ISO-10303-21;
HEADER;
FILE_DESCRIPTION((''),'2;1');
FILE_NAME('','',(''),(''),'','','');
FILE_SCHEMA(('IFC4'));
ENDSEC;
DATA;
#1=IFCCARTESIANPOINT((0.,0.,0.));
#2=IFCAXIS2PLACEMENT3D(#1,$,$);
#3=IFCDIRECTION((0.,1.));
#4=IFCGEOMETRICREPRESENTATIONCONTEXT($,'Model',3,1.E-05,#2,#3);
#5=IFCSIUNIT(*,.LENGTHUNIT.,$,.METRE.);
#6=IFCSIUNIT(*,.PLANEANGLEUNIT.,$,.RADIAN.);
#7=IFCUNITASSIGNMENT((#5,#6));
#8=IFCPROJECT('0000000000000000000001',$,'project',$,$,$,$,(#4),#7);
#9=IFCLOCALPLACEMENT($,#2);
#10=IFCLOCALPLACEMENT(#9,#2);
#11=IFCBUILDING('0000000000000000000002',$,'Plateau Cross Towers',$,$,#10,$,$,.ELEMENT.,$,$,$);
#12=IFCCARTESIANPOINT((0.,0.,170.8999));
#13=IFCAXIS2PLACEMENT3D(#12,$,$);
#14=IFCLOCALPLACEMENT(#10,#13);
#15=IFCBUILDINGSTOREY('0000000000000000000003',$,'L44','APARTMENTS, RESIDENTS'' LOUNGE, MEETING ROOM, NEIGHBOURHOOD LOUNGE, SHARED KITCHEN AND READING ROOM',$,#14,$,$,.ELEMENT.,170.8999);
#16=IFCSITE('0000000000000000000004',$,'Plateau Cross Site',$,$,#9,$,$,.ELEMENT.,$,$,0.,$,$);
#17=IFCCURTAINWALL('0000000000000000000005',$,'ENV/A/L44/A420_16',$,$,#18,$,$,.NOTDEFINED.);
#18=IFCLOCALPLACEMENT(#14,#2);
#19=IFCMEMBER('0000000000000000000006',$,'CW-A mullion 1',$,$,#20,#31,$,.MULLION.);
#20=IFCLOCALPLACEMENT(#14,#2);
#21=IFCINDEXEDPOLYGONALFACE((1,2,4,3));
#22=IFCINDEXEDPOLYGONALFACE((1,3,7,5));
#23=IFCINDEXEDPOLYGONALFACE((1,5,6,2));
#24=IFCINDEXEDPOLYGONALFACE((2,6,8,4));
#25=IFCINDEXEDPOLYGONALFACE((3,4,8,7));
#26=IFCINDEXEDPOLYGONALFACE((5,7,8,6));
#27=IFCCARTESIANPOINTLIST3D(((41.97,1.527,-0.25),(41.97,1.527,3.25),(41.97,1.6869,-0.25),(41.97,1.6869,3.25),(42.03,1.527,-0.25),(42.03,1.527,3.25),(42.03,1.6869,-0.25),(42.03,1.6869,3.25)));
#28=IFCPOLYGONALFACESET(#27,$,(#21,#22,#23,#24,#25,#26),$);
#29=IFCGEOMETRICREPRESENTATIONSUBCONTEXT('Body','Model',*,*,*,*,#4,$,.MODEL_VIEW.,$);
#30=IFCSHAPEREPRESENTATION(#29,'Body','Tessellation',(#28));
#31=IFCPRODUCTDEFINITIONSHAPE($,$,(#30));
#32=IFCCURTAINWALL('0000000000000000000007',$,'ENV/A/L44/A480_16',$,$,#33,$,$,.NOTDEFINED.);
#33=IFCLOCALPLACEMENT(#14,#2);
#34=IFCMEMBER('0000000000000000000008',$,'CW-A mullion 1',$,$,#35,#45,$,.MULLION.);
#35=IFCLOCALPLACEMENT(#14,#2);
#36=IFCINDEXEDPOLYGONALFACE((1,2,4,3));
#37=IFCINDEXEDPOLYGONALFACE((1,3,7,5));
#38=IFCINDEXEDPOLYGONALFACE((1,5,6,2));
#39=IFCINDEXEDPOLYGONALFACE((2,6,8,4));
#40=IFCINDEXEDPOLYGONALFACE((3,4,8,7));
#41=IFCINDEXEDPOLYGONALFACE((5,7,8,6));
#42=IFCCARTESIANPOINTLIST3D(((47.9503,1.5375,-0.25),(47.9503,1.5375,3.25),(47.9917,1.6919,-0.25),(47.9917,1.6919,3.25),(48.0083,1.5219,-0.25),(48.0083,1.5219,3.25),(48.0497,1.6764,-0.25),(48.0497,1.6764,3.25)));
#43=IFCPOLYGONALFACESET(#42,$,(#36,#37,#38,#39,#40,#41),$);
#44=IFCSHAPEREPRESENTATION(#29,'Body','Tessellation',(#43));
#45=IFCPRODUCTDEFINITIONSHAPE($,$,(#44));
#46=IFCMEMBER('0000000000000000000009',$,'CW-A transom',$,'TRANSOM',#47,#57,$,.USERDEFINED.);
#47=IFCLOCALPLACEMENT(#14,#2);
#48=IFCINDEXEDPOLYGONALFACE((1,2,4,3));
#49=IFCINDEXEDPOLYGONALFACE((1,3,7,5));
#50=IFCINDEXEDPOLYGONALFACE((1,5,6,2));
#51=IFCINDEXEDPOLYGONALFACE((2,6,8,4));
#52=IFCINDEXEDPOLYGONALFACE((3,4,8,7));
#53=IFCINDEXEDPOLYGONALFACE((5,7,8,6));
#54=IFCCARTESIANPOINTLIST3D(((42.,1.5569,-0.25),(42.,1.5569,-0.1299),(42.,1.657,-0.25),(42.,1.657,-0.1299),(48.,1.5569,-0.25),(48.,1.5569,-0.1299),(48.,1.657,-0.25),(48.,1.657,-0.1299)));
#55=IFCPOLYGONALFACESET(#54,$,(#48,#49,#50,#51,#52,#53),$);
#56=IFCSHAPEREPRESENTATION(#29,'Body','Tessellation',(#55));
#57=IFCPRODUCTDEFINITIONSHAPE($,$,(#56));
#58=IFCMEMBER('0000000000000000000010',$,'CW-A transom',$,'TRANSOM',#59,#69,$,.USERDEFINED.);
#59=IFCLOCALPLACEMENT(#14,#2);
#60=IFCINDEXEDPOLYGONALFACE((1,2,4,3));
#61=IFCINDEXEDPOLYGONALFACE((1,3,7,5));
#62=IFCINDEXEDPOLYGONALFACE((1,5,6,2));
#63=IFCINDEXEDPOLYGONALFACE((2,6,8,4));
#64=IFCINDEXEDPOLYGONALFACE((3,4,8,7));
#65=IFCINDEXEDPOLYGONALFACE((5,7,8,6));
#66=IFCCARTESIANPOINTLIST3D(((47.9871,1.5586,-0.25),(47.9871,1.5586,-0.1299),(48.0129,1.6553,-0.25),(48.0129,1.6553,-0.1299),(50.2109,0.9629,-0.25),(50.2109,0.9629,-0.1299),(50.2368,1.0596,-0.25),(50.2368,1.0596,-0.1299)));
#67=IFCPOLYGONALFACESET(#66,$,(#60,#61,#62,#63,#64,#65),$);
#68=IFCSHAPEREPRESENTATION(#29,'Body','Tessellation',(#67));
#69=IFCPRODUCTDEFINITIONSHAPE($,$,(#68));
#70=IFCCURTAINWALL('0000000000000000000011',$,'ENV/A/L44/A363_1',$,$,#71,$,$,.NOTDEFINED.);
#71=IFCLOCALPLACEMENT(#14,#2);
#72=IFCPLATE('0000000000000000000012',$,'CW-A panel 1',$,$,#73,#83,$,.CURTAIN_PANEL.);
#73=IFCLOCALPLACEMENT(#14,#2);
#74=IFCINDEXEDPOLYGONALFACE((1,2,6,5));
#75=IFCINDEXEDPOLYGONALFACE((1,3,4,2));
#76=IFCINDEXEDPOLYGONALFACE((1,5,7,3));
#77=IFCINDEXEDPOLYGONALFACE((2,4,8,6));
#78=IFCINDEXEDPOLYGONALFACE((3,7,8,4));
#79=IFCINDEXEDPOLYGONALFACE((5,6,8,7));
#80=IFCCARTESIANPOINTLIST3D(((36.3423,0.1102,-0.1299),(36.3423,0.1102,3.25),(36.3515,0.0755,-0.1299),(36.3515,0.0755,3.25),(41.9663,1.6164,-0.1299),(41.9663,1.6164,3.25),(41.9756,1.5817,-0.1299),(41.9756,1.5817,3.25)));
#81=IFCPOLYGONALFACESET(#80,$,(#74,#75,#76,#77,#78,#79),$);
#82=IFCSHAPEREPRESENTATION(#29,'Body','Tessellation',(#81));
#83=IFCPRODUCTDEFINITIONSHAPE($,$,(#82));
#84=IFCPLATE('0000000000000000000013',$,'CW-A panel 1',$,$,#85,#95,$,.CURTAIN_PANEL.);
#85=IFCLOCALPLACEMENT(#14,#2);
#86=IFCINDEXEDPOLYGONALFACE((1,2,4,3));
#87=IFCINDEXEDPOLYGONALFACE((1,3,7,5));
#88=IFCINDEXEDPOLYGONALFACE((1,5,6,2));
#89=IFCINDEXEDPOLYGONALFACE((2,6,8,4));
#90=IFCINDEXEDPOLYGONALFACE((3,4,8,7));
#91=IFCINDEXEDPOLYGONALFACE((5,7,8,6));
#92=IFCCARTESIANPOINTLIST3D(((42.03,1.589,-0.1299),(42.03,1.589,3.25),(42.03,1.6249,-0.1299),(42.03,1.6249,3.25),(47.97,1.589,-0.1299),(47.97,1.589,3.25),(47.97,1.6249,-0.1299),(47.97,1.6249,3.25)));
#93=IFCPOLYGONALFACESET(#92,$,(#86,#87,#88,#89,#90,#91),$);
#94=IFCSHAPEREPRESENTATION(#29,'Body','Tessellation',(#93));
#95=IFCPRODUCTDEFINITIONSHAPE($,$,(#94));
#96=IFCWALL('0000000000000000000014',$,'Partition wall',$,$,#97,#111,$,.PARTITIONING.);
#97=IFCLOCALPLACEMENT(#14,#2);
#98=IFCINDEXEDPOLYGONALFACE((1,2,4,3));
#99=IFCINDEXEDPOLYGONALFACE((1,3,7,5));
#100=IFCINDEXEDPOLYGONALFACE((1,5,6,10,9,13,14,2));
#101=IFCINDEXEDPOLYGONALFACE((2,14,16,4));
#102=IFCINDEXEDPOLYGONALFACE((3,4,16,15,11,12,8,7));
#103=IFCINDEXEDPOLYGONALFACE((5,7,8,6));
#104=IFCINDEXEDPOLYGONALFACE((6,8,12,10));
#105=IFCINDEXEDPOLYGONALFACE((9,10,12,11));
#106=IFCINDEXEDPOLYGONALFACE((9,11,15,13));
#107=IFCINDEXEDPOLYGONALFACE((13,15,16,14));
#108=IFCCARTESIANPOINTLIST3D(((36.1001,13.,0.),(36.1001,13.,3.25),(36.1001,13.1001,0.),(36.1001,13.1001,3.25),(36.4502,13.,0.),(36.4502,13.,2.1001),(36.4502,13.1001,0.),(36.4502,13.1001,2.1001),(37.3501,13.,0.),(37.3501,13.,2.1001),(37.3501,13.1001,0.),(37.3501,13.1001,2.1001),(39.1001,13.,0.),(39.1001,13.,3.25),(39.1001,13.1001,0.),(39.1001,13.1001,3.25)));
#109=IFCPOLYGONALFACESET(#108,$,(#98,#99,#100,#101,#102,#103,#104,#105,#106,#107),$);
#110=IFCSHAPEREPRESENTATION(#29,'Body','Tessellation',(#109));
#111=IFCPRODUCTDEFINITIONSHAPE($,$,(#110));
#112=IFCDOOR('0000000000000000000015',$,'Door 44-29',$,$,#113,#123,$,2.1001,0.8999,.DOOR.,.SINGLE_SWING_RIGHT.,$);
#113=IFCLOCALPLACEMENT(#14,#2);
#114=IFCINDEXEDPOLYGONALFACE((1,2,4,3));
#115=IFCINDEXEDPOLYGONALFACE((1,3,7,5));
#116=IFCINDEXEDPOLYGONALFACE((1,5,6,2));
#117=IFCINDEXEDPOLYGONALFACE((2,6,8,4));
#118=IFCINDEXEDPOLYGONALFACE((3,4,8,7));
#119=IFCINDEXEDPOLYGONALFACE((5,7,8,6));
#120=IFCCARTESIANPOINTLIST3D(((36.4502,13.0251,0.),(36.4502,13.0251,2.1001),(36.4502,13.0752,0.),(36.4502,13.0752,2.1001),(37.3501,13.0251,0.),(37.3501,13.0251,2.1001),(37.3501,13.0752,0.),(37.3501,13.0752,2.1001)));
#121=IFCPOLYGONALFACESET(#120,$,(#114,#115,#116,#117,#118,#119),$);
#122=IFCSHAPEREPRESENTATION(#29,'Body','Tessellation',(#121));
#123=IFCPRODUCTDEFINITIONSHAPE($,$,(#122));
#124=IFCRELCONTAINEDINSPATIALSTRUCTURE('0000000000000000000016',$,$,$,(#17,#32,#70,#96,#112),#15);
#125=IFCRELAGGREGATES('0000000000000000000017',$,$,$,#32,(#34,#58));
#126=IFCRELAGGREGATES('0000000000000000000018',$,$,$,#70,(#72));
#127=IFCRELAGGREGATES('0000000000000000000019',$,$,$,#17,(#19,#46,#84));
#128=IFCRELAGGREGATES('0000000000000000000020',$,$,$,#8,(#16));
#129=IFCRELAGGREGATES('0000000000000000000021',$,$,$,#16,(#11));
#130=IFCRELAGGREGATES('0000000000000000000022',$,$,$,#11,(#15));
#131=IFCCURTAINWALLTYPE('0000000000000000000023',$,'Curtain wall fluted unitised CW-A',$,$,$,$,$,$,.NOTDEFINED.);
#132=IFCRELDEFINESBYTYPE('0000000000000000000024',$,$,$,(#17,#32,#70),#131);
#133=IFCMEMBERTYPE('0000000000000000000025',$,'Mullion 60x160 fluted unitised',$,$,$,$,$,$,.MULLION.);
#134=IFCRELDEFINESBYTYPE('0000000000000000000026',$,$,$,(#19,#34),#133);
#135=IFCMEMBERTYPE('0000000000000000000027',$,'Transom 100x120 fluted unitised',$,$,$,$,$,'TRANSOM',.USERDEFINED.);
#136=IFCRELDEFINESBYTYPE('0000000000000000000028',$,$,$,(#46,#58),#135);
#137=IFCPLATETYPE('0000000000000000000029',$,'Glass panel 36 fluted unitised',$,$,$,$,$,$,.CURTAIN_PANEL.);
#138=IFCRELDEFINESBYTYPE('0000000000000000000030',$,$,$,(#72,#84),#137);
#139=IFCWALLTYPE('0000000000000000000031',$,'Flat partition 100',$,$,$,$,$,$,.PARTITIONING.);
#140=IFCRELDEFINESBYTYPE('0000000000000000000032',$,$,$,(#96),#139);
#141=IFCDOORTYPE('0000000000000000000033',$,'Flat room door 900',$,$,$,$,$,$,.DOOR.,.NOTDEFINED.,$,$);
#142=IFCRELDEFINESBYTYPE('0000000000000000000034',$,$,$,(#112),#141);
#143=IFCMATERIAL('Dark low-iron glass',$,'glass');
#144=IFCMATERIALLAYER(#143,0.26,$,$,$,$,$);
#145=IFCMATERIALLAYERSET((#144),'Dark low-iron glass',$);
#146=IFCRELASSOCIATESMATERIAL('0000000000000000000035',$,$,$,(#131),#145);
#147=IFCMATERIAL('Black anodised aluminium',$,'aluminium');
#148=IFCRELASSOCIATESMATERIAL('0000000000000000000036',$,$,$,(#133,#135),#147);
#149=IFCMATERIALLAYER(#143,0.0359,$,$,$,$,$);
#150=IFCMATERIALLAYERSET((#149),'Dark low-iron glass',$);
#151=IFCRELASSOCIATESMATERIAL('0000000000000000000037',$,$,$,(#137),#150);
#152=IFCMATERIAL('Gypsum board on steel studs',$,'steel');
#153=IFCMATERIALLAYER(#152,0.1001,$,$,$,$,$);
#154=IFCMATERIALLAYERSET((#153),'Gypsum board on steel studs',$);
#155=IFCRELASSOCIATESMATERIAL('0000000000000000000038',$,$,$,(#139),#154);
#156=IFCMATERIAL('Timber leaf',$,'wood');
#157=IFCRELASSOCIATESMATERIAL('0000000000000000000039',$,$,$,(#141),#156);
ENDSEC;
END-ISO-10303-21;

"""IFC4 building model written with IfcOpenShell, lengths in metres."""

from ifc_helpers import new_model, si_unit, direction, frame, frame_2d, origin, origin_2d, place, context, subcontext, project, spatial, rectangle, extrude, material, layer, layer_set, material_profile, profile_set, type_object, element, fill, aggregate, save


model = new_model("IFC4")

# Units and contexts
model_context = context("Model", 3, precision=1e-05, world=origin(), true_north=direction((0.0, 1.0)))
body_context = subcontext(model_context, "Body", "Model", "MODEL_VIEW")
ifc_project = project(units=[si_unit("LENGTHUNIT", "METRE"), si_unit("PLANEANGLEUNIT", "RADIAN")], contexts=[model_context])

# Site, building, storey
site_placement = place(None, origin())
site = spatial("IfcSite", under=ifc_project, at=site_placement, Name="Plateau Cross Site", CompositionType="ELEMENT", RefElevation=0.0)
building_placement = place(site_placement, origin())
building = spatial("IfcBuilding", under=site, at=building_placement, Name="Plateau Cross Towers", CompositionType="ELEMENT")
storey_placement = place(building_placement, frame((0.0, 0.0, 170.8999)))
storey = spatial("IfcBuildingStorey", under=building, at=storey_placement, Name="L44", Description="APARTMENTS, RESIDENTS' LOUNGE, MEETING ROOM, NEIGHBOURHOOD LOUNGE, SHARED KITCHEN AND READING ROOM", CompositionType="ELEMENT", Elevation=170.8999)

# Curtain walls, members
ifc_material_1 = material(Name="Dark low-iron glass", Category="glass")
ifc_layer_1 = layer(ifc_material_1, 0.26)
ifc_layer_set_1 = layer_set([ifc_layer_1], Name="Dark low-iron glass")
curtain_wall_type = type_object("IfcCurtainWallType", Name="Curtain wall fluted unitised CW-A", PredefinedType="NOTDEFINED", material=ifc_layer_set_1)
curtain_wall_1_placement = place(storey_placement, origin())
curtain_wall_1 = element("IfcCurtainWall", 1, at=curtain_wall_1_placement, inside=storey, type_object=curtain_wall_type, Name="ENV/A/L44/A420_16", PredefinedType="NOTDEFINED")
ifc_material_2 = material(Name="Black anodised aluminium", Category="aluminium")
ifc_material_profile_1 = material_profile(ifc_material_2, rectangle(XDim=0.0601, YDim=0.1599, at=origin_2d()), Name="MULLION 60x160")
ifc_profile_set_1 = profile_set([ifc_material_profile_1], Name="Black anodised aluminium")
member_type_1 = type_object("IfcMemberType", Name="Mullion 60x160 fluted unitised", PredefinedType="MULLION", material=ifc_profile_set_1)
member_1_placement = place(storey_placement, frame((42.0, 1.6069, -0.25), z_axis=(0.0, 0.0, 1.0), x_axis=(1.0, 0.0, 0.0)))
member_1 = element("IfcMember", 2, at=member_1_placement, type_object=member_type_1, Name="CW-A mullion 1", PredefinedType="MULLION", context=body_context, shape_type="SweptSolid", body=[
    extrude(rectangle(XDim=0.0601, YDim=0.1599, at=origin_2d()), origin(), (0.0, 0.0, 1.0), 3.5),
])
curtain_wall_2_placement = place(storey_placement, origin())
curtain_wall_2 = element("IfcCurtainWall", 3, at=curtain_wall_2_placement, inside=storey, type_object=curtain_wall_type, Name="ENV/A/L44/A480_16", PredefinedType="NOTDEFINED")
member_2_placement = place(storey_placement, frame((48.0, 1.6069, -0.25), z_axis=(0.0, 0.0, 1.0), x_axis=(0.965958, -0.258699, 0.0)))
member_2 = element("IfcMember", 4, at=member_2_placement, type_object=member_type_1, Name="CW-A mullion 1", PredefinedType="MULLION", context=body_context, shape_type="SweptSolid", body=[
    extrude(rectangle(XDim=0.0601, YDim=0.1599, at=origin_2d()), origin(), (0.0, 0.0, 1.0), 3.5),
])

# Members
ifc_material_profile_2 = material_profile(ifc_material_2, rectangle(XDim=0.1001, YDim=0.1201, at=origin_2d()), Name="TRANSOM 100x120")
ifc_profile_set_2 = profile_set([ifc_material_profile_2], Name="Black anodised aluminium")
member_type_2 = type_object("IfcMemberType", Name="Transom 100x120 fluted unitised", ElementType="TRANSOM", PredefinedType="USERDEFINED", material=ifc_profile_set_2)
member_3_placement = place(storey_placement, frame((42.0, 1.6069, -0.1899), z_axis=(1.0, 0.0, 0.0), x_axis=(0.0, 1.0, 0.0)))
member_3 = element("IfcMember", 5, at=member_3_placement, type_object=member_type_2, Name="CW-A transom", ObjectType="TRANSOM", PredefinedType="USERDEFINED", context=body_context, shape_type="SweptSolid", body=[
    extrude(rectangle(XDim=0.1001, YDim=0.1201, at=origin_2d()), origin(), (0.0, 0.0, 1.0), 6.0),
])
member_4_placement = place(storey_placement, frame((48.0, 1.6069, -0.1899), z_axis=(0.965946, -0.258745, 0.0), x_axis=(0.258745, 0.965946, 0.0)))
member_4 = element("IfcMember", 6, at=member_4_placement, type_object=member_type_2, Name="CW-A transom", ObjectType="TRANSOM", PredefinedType="USERDEFINED", context=body_context, shape_type="SweptSolid", body=[
    extrude(rectangle(XDim=0.1001, YDim=0.1201, at=origin_2d()), origin(), (0.0, 0.0, 1.0), 2.3022),
])
aggregate(curtain_wall_2, [member_2, member_4])

# Curtain wall, plate
curtain_wall_3_placement = place(storey_placement, origin())
curtain_wall_3 = element("IfcCurtainWall", 7, at=curtain_wall_3_placement, inside=storey, type_object=curtain_wall_type, Name="ENV/A/L44/A363_1", PredefinedType="NOTDEFINED")
ifc_layer_2 = layer(ifc_material_1, 0.0359)
ifc_layer_set_2 = layer_set([ifc_layer_2], Name="Dark low-iron glass")
plate_type = type_object("IfcPlateType", Name="Glass panel 36 fluted unitised", PredefinedType="CURTAIN_PANEL", material=ifc_layer_set_2)
plate_1_placement = place(storey_placement, frame((39.1589, 0.8459, -0.1299), z_axis=(0.0, 0.0, 1.0), x_axis=(0.965958, 0.258699, 0.0)))
plate_1 = element("IfcPlate", 8, at=plate_1_placement, type_object=plate_type, Name="CW-A panel 1", PredefinedType="CURTAIN_PANEL", context=body_context, shape_type="SweptSolid", body=[
    extrude(rectangle(XDim=5.8223, YDim=0.0359, at=origin_2d()), origin(), (0.0, 0.0, 1.0), 3.3799),
])
aggregate(curtain_wall_3, [plate_1])

# Plate
plate_2_placement = place(storey_placement, frame((45.0, 1.6069, -0.1299), z_axis=(0.0, 0.0, 1.0), x_axis=(1.0, 0.0, 0.0)))
plate_2 = element("IfcPlate", 9, at=plate_2_placement, type_object=plate_type, Name="CW-A panel 1", PredefinedType="CURTAIN_PANEL", context=body_context, shape_type="SweptSolid", body=[
    extrude(rectangle(XDim=5.9399, YDim=0.0359, at=origin_2d()), origin(), (0.0, 0.0, 1.0), 3.3799),
])
aggregate(curtain_wall_1, [member_1, member_3, plate_2])

# Wall, opening, door
ifc_material_3 = material(Name="Gypsum board on steel studs", Category="steel")
ifc_layer_3 = layer(ifc_material_3, 0.1001)
ifc_layer_set_3 = layer_set([ifc_layer_3], Name="Gypsum board on steel studs")
wall_type_1 = type_object("IfcWallType", Name="Flat partition 100", PredefinedType="PARTITIONING", material=ifc_layer_set_3)
wall_1_placement = place(storey_placement, frame((39.1001, 13.05, 0.0), z_axis=(0.0, 0.0, 1.0), x_axis=(-1.0, 0.0, 0.0)))
wall_1 = element("IfcWall", 10, at=wall_1_placement, inside=storey, type_object=wall_type_1, Name="Partition wall", PredefinedType="PARTITIONING", context=body_context, shape_type="SweptSolid", body=[
    extrude(rectangle(XDim=3.0, YDim=0.1001, at=frame_2d((1.5, 0.0))), origin(), (0.0, 0.0, 1.0), 3.25),
])
opening_1_placement = place(wall_1_placement, frame((1.75, 0.0, 0.0)))
opening_1 = element("IfcOpeningElement", 11, at=opening_1_placement, cuts=wall_1, PredefinedType="OPENING", context=body_context, shape_type="SweptSolid", body=[
    extrude(rectangle(XDim=0.8999, YDim=2.1001, at=frame_2d((0.45, 1.05))), frame((0.0, 0.0601, 0.0), z_axis=(0.0, -1.0, 0.0), x_axis=(1.0, 0.0, 0.0)), (0.0, 0.0, 1.0), 0.1201),
])
ifc_material_4 = material(Name="Timber leaf", Category="wood")
door_type_1 = type_object("IfcDoorType", Name="Flat room door 900", OperationType="NOTDEFINED", PredefinedType="DOOR", material=ifc_material_4)
door_1_placement = place(opening_1_placement, origin())
door_1 = element("IfcDoor", 12, at=door_1_placement, inside=storey, type_object=door_type_1, Name="Door 44-29", OperationType="SINGLE_SWING_RIGHT", OverallHeight=2.1001, OverallWidth=0.8999, PredefinedType="DOOR", context=body_context, shape_type="SweptSolid", body=[
    extrude(rectangle(XDim=0.8999, YDim=2.1001, at=frame_2d((0.45, 1.05))), frame((0.0, 0.0249, 0.0), z_axis=(0.0, -1.0, 0.0), x_axis=(1.0, 0.0, 0.0)), (0.0, 0.0, 1.0), 0.05),
])
fill(opening_1, door_1)

save(model, "model.ifc")
